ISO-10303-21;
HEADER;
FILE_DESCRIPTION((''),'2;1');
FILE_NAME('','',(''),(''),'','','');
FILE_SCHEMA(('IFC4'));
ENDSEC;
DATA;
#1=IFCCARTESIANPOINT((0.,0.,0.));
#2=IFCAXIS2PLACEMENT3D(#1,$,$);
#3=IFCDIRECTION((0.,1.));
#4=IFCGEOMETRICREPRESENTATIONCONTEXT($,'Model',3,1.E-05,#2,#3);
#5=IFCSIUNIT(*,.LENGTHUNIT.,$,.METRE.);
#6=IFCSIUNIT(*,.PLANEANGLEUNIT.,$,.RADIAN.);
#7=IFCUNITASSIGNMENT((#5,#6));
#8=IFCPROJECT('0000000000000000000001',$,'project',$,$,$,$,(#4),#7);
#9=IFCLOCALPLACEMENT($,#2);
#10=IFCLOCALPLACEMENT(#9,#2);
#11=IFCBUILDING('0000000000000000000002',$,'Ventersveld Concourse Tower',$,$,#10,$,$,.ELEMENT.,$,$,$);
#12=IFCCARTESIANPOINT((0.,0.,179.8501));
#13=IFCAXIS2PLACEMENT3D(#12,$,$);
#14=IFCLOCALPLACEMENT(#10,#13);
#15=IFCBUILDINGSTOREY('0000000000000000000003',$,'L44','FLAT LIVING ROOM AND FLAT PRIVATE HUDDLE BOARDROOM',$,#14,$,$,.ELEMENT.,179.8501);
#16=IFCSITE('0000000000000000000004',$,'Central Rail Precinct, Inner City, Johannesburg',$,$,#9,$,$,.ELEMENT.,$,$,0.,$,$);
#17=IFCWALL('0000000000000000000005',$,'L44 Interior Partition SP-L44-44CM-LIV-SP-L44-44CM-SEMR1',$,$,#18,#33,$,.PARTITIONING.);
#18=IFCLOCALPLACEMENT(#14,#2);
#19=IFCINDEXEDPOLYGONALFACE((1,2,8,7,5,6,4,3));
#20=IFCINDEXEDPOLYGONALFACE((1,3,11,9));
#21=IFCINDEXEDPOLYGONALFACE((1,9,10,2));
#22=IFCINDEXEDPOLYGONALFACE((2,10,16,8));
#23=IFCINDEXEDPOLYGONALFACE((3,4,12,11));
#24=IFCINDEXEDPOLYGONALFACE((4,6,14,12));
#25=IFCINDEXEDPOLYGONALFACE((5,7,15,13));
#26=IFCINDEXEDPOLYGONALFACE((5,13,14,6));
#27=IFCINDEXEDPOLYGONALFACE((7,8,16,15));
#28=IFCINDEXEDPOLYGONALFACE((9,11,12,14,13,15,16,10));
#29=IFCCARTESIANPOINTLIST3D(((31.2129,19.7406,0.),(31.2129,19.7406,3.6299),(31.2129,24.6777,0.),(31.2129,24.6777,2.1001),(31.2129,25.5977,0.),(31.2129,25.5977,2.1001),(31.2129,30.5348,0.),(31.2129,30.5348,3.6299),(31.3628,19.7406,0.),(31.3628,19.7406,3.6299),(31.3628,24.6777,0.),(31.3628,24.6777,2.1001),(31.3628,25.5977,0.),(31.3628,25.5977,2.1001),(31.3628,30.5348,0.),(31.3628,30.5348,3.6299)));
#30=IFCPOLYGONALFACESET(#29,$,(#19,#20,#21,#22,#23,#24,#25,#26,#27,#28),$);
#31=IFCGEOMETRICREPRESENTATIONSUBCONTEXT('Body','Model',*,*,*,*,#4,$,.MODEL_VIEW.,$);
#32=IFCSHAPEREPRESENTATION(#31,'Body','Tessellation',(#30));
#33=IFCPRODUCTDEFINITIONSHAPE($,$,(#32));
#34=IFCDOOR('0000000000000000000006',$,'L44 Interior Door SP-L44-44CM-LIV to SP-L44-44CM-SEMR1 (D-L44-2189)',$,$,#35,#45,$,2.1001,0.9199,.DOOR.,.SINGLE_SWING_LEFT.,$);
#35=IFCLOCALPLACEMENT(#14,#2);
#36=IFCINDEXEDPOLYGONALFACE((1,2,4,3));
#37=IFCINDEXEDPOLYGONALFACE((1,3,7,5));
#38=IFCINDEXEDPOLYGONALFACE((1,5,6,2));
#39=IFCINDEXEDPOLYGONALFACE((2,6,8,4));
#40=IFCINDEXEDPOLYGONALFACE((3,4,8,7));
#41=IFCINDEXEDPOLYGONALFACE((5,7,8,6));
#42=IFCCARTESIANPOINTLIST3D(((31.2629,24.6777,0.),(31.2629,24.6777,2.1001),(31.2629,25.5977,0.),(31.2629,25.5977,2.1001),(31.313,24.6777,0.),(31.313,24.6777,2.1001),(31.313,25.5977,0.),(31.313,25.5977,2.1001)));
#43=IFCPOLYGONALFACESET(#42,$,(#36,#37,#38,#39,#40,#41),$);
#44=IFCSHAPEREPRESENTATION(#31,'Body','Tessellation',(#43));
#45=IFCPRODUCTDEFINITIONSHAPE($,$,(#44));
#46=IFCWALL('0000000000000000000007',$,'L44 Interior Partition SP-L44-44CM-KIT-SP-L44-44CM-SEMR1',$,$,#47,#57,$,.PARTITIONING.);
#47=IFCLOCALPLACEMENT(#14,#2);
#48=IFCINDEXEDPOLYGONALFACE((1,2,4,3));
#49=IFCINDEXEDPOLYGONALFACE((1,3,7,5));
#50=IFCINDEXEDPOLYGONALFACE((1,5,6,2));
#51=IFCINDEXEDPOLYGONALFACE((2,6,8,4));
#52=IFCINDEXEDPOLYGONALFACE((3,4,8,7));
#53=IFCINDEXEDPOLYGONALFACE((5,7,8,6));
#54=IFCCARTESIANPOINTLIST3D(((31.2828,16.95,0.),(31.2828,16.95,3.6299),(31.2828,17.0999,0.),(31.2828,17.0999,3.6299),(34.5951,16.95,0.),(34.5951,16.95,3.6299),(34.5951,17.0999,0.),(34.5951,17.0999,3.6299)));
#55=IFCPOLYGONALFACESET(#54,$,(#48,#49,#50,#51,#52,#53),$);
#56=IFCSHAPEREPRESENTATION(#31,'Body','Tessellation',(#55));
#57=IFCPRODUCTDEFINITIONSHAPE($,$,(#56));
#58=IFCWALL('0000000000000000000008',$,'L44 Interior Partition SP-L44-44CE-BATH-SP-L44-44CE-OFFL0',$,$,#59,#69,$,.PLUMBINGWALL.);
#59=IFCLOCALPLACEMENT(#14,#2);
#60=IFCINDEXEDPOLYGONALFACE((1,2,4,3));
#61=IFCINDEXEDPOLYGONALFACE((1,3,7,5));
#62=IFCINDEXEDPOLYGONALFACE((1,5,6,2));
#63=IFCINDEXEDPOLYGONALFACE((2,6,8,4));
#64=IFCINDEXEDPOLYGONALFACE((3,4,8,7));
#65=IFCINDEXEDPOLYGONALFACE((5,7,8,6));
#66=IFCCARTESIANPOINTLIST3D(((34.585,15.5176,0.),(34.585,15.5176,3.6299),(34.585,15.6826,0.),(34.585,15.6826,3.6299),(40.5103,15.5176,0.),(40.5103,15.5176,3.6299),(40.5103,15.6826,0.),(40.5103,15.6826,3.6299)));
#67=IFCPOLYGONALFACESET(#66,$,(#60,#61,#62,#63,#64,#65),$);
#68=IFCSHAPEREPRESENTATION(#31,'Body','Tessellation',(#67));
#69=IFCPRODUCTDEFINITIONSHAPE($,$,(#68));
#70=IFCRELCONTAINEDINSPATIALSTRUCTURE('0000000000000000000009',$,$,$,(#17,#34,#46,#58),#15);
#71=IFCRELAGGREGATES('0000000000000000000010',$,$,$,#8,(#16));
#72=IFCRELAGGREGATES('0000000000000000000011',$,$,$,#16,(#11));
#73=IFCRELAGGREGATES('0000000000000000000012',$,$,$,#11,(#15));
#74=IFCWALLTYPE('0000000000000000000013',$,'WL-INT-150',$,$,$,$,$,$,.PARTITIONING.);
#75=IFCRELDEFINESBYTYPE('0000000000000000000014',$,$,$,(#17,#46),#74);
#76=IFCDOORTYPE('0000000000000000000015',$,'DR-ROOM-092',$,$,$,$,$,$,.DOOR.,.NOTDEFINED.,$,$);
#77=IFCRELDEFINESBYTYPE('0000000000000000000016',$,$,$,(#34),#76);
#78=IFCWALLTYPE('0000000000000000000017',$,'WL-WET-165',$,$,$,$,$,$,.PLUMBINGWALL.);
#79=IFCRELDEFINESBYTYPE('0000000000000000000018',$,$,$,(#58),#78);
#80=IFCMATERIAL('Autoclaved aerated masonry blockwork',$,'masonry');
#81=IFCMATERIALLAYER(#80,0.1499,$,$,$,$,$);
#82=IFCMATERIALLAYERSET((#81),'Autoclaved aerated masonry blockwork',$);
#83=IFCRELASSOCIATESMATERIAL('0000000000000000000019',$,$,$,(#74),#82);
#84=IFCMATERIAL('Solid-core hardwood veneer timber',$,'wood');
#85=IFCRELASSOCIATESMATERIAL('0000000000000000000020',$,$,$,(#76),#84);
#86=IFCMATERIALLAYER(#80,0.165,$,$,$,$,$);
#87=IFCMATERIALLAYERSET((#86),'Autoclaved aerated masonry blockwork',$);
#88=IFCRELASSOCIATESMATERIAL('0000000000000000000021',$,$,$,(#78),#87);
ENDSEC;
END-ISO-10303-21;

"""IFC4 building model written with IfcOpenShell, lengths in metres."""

from ifc_helpers import new_model, si_unit, direction, frame, frame_2d, origin, place, context, subcontext, project, spatial, rectangle, extrude, material, layer, layer_set, type_object, element, fill, save


model = new_model("IFC4")

# Units and contexts
model_context = context("Model", 3, precision=1e-05, world=origin(), true_north=direction((0.0, 1.0)))
body_context = subcontext(model_context, "Body", "Model", "MODEL_VIEW")
ifc_project = project(units=[si_unit("LENGTHUNIT", "METRE"), si_unit("PLANEANGLEUNIT", "RADIAN")], contexts=[model_context])

# Site, building, storey
site_placement = place(None, origin())
site = spatial("IfcSite", under=ifc_project, at=site_placement, Name="Central Rail Precinct, Inner City, Johannesburg", CompositionType="ELEMENT", RefElevation=0.0)
building_placement = place(site_placement, origin())
building = spatial("IfcBuilding", under=site, at=building_placement, Name="Ventersveld Concourse Tower", CompositionType="ELEMENT")
storey_placement = place(building_placement, frame((0.0, 0.0, 179.8501)))
storey = spatial("IfcBuildingStorey", under=building, at=storey_placement, Name="L44", Description="FLAT LIVING ROOM AND FLAT PRIVATE HUDDLE BOARDROOM", CompositionType="ELEMENT", Elevation=179.8501)

# Shared definitions
ifc_material_1 = material(Name="Autoclaved aerated masonry blockwork", Category="masonry")
ifc_layer_1 = layer(ifc_material_1, 0.1499)
ifc_layer_set_1 = layer_set([ifc_layer_1], Name="Autoclaved aerated masonry blockwork")
wall_type_1 = type_object("IfcWallType", Name="WL-INT-150", PredefinedType="PARTITIONING", material=ifc_layer_set_1)

# Wall, opening, door
ifc_material_2 = material(Name="Solid-core hardwood veneer timber", Category="wood")
door_type = type_object("IfcDoorType", Name="DR-ROOM-092", OperationType="NOTDEFINED", PredefinedType="DOOR", material=ifc_material_2)
wall_1_placement = place(storey_placement, frame((31.2878, 19.7407, 0.0), z_axis=(0.0, 0.0, 1.0), x_axis=(0.0, 1.0, 0.0)))
wall_1 = element("IfcWall", 1, at=wall_1_placement, inside=storey, type_object=wall_type_1, Name="L44 Interior Partition SP-L44-44CM-LIV-SP-L44-44CM-SEMR1", PredefinedType="PARTITIONING", context=body_context, shape_type="SweptSolid", body=[
    extrude(rectangle(XDim=10.7942, YDim=0.1499, at=frame_2d((5.397, 0.0))), origin(), (0.0, 0.0, 1.0), 3.6299),
])
opening_1_placement = place(wall_1_placement, frame((4.937, 0.0, 0.0)))
opening_1 = element("IfcOpeningElement", 2, at=opening_1_placement, cuts=wall_1, PredefinedType="OPENING", context=body_context, shape_type="SweptSolid", body=[
    extrude(rectangle(XDim=0.9199, YDim=2.1001, at=frame_2d((0.46, 1.05))), frame((0.0, 0.085, 0.0), z_axis=(0.0, -1.0, 0.0), x_axis=(1.0, 0.0, 0.0)), (0.0, 0.0, 1.0), 0.1699),
])
door_1_placement = place(opening_1_placement, origin())
door_1 = element("IfcDoor", 3, at=door_1_placement, inside=storey, type_object=door_type, Name="L44 Interior Door SP-L44-44CM-LIV to SP-L44-44CM-SEMR1 (D-L44-2189)", OperationType="SINGLE_SWING_LEFT", OverallHeight=2.1001, OverallWidth=0.9199, PredefinedType="DOOR", context=body_context, shape_type="SweptSolid", body=[
    extrude(rectangle(XDim=0.9199, YDim=2.1001, at=frame_2d((0.46, 1.05))), frame((0.0, 0.0249, 0.0), z_axis=(0.0, -1.0, 0.0), x_axis=(1.0, 0.0, 0.0)), (0.0, 0.0, 1.0), 0.05),
])
fill(opening_1, door_1)

# Walls
wall_2_placement = place(storey_placement, frame((31.2827, 17.0249, 0.0), z_axis=(0.0, 0.0, 1.0), x_axis=(1.0, 0.0, 0.0)))
element("IfcWall", 4, at=wall_2_placement, inside=storey, type_object=wall_type_1, Name="L44 Interior Partition SP-L44-44CM-KIT-SP-L44-44CM-SEMR1", PredefinedType="PARTITIONING", context=body_context, shape_type="SweptSolid", body=[
    extrude(rectangle(XDim=3.3123, YDim=0.1499, at=frame_2d((1.6562, 0.0))), origin(), (0.0, 0.0, 1.0), 3.6299),
])
ifc_layer_2 = layer(ifc_material_1, 0.165)
ifc_layer_set_2 = layer_set([ifc_layer_2], Name="Autoclaved aerated masonry blockwork")
wall_type_2 = type_object("IfcWallType", Name="WL-WET-165", PredefinedType="PLUMBINGWALL", material=ifc_layer_set_2)
wall_3_placement = place(storey_placement, frame((34.585, 15.6001, 0.0), z_axis=(0.0, 0.0, 1.0), x_axis=(1.0, 0.0, 0.0)))
element("IfcWall", 5, at=wall_3_placement, inside=storey, type_object=wall_type_2, Name="L44 Interior Partition SP-L44-44CE-BATH-SP-L44-44CE-OFFL0", PredefinedType="PLUMBINGWALL", context=body_context, shape_type="SweptSolid", body=[
    extrude(rectangle(XDim=5.9253, YDim=0.165, at=frame_2d((2.9626, 0.0))), origin(), (0.0, 0.0, 1.0), 3.6299),
])

save(model, "model.ifc")
